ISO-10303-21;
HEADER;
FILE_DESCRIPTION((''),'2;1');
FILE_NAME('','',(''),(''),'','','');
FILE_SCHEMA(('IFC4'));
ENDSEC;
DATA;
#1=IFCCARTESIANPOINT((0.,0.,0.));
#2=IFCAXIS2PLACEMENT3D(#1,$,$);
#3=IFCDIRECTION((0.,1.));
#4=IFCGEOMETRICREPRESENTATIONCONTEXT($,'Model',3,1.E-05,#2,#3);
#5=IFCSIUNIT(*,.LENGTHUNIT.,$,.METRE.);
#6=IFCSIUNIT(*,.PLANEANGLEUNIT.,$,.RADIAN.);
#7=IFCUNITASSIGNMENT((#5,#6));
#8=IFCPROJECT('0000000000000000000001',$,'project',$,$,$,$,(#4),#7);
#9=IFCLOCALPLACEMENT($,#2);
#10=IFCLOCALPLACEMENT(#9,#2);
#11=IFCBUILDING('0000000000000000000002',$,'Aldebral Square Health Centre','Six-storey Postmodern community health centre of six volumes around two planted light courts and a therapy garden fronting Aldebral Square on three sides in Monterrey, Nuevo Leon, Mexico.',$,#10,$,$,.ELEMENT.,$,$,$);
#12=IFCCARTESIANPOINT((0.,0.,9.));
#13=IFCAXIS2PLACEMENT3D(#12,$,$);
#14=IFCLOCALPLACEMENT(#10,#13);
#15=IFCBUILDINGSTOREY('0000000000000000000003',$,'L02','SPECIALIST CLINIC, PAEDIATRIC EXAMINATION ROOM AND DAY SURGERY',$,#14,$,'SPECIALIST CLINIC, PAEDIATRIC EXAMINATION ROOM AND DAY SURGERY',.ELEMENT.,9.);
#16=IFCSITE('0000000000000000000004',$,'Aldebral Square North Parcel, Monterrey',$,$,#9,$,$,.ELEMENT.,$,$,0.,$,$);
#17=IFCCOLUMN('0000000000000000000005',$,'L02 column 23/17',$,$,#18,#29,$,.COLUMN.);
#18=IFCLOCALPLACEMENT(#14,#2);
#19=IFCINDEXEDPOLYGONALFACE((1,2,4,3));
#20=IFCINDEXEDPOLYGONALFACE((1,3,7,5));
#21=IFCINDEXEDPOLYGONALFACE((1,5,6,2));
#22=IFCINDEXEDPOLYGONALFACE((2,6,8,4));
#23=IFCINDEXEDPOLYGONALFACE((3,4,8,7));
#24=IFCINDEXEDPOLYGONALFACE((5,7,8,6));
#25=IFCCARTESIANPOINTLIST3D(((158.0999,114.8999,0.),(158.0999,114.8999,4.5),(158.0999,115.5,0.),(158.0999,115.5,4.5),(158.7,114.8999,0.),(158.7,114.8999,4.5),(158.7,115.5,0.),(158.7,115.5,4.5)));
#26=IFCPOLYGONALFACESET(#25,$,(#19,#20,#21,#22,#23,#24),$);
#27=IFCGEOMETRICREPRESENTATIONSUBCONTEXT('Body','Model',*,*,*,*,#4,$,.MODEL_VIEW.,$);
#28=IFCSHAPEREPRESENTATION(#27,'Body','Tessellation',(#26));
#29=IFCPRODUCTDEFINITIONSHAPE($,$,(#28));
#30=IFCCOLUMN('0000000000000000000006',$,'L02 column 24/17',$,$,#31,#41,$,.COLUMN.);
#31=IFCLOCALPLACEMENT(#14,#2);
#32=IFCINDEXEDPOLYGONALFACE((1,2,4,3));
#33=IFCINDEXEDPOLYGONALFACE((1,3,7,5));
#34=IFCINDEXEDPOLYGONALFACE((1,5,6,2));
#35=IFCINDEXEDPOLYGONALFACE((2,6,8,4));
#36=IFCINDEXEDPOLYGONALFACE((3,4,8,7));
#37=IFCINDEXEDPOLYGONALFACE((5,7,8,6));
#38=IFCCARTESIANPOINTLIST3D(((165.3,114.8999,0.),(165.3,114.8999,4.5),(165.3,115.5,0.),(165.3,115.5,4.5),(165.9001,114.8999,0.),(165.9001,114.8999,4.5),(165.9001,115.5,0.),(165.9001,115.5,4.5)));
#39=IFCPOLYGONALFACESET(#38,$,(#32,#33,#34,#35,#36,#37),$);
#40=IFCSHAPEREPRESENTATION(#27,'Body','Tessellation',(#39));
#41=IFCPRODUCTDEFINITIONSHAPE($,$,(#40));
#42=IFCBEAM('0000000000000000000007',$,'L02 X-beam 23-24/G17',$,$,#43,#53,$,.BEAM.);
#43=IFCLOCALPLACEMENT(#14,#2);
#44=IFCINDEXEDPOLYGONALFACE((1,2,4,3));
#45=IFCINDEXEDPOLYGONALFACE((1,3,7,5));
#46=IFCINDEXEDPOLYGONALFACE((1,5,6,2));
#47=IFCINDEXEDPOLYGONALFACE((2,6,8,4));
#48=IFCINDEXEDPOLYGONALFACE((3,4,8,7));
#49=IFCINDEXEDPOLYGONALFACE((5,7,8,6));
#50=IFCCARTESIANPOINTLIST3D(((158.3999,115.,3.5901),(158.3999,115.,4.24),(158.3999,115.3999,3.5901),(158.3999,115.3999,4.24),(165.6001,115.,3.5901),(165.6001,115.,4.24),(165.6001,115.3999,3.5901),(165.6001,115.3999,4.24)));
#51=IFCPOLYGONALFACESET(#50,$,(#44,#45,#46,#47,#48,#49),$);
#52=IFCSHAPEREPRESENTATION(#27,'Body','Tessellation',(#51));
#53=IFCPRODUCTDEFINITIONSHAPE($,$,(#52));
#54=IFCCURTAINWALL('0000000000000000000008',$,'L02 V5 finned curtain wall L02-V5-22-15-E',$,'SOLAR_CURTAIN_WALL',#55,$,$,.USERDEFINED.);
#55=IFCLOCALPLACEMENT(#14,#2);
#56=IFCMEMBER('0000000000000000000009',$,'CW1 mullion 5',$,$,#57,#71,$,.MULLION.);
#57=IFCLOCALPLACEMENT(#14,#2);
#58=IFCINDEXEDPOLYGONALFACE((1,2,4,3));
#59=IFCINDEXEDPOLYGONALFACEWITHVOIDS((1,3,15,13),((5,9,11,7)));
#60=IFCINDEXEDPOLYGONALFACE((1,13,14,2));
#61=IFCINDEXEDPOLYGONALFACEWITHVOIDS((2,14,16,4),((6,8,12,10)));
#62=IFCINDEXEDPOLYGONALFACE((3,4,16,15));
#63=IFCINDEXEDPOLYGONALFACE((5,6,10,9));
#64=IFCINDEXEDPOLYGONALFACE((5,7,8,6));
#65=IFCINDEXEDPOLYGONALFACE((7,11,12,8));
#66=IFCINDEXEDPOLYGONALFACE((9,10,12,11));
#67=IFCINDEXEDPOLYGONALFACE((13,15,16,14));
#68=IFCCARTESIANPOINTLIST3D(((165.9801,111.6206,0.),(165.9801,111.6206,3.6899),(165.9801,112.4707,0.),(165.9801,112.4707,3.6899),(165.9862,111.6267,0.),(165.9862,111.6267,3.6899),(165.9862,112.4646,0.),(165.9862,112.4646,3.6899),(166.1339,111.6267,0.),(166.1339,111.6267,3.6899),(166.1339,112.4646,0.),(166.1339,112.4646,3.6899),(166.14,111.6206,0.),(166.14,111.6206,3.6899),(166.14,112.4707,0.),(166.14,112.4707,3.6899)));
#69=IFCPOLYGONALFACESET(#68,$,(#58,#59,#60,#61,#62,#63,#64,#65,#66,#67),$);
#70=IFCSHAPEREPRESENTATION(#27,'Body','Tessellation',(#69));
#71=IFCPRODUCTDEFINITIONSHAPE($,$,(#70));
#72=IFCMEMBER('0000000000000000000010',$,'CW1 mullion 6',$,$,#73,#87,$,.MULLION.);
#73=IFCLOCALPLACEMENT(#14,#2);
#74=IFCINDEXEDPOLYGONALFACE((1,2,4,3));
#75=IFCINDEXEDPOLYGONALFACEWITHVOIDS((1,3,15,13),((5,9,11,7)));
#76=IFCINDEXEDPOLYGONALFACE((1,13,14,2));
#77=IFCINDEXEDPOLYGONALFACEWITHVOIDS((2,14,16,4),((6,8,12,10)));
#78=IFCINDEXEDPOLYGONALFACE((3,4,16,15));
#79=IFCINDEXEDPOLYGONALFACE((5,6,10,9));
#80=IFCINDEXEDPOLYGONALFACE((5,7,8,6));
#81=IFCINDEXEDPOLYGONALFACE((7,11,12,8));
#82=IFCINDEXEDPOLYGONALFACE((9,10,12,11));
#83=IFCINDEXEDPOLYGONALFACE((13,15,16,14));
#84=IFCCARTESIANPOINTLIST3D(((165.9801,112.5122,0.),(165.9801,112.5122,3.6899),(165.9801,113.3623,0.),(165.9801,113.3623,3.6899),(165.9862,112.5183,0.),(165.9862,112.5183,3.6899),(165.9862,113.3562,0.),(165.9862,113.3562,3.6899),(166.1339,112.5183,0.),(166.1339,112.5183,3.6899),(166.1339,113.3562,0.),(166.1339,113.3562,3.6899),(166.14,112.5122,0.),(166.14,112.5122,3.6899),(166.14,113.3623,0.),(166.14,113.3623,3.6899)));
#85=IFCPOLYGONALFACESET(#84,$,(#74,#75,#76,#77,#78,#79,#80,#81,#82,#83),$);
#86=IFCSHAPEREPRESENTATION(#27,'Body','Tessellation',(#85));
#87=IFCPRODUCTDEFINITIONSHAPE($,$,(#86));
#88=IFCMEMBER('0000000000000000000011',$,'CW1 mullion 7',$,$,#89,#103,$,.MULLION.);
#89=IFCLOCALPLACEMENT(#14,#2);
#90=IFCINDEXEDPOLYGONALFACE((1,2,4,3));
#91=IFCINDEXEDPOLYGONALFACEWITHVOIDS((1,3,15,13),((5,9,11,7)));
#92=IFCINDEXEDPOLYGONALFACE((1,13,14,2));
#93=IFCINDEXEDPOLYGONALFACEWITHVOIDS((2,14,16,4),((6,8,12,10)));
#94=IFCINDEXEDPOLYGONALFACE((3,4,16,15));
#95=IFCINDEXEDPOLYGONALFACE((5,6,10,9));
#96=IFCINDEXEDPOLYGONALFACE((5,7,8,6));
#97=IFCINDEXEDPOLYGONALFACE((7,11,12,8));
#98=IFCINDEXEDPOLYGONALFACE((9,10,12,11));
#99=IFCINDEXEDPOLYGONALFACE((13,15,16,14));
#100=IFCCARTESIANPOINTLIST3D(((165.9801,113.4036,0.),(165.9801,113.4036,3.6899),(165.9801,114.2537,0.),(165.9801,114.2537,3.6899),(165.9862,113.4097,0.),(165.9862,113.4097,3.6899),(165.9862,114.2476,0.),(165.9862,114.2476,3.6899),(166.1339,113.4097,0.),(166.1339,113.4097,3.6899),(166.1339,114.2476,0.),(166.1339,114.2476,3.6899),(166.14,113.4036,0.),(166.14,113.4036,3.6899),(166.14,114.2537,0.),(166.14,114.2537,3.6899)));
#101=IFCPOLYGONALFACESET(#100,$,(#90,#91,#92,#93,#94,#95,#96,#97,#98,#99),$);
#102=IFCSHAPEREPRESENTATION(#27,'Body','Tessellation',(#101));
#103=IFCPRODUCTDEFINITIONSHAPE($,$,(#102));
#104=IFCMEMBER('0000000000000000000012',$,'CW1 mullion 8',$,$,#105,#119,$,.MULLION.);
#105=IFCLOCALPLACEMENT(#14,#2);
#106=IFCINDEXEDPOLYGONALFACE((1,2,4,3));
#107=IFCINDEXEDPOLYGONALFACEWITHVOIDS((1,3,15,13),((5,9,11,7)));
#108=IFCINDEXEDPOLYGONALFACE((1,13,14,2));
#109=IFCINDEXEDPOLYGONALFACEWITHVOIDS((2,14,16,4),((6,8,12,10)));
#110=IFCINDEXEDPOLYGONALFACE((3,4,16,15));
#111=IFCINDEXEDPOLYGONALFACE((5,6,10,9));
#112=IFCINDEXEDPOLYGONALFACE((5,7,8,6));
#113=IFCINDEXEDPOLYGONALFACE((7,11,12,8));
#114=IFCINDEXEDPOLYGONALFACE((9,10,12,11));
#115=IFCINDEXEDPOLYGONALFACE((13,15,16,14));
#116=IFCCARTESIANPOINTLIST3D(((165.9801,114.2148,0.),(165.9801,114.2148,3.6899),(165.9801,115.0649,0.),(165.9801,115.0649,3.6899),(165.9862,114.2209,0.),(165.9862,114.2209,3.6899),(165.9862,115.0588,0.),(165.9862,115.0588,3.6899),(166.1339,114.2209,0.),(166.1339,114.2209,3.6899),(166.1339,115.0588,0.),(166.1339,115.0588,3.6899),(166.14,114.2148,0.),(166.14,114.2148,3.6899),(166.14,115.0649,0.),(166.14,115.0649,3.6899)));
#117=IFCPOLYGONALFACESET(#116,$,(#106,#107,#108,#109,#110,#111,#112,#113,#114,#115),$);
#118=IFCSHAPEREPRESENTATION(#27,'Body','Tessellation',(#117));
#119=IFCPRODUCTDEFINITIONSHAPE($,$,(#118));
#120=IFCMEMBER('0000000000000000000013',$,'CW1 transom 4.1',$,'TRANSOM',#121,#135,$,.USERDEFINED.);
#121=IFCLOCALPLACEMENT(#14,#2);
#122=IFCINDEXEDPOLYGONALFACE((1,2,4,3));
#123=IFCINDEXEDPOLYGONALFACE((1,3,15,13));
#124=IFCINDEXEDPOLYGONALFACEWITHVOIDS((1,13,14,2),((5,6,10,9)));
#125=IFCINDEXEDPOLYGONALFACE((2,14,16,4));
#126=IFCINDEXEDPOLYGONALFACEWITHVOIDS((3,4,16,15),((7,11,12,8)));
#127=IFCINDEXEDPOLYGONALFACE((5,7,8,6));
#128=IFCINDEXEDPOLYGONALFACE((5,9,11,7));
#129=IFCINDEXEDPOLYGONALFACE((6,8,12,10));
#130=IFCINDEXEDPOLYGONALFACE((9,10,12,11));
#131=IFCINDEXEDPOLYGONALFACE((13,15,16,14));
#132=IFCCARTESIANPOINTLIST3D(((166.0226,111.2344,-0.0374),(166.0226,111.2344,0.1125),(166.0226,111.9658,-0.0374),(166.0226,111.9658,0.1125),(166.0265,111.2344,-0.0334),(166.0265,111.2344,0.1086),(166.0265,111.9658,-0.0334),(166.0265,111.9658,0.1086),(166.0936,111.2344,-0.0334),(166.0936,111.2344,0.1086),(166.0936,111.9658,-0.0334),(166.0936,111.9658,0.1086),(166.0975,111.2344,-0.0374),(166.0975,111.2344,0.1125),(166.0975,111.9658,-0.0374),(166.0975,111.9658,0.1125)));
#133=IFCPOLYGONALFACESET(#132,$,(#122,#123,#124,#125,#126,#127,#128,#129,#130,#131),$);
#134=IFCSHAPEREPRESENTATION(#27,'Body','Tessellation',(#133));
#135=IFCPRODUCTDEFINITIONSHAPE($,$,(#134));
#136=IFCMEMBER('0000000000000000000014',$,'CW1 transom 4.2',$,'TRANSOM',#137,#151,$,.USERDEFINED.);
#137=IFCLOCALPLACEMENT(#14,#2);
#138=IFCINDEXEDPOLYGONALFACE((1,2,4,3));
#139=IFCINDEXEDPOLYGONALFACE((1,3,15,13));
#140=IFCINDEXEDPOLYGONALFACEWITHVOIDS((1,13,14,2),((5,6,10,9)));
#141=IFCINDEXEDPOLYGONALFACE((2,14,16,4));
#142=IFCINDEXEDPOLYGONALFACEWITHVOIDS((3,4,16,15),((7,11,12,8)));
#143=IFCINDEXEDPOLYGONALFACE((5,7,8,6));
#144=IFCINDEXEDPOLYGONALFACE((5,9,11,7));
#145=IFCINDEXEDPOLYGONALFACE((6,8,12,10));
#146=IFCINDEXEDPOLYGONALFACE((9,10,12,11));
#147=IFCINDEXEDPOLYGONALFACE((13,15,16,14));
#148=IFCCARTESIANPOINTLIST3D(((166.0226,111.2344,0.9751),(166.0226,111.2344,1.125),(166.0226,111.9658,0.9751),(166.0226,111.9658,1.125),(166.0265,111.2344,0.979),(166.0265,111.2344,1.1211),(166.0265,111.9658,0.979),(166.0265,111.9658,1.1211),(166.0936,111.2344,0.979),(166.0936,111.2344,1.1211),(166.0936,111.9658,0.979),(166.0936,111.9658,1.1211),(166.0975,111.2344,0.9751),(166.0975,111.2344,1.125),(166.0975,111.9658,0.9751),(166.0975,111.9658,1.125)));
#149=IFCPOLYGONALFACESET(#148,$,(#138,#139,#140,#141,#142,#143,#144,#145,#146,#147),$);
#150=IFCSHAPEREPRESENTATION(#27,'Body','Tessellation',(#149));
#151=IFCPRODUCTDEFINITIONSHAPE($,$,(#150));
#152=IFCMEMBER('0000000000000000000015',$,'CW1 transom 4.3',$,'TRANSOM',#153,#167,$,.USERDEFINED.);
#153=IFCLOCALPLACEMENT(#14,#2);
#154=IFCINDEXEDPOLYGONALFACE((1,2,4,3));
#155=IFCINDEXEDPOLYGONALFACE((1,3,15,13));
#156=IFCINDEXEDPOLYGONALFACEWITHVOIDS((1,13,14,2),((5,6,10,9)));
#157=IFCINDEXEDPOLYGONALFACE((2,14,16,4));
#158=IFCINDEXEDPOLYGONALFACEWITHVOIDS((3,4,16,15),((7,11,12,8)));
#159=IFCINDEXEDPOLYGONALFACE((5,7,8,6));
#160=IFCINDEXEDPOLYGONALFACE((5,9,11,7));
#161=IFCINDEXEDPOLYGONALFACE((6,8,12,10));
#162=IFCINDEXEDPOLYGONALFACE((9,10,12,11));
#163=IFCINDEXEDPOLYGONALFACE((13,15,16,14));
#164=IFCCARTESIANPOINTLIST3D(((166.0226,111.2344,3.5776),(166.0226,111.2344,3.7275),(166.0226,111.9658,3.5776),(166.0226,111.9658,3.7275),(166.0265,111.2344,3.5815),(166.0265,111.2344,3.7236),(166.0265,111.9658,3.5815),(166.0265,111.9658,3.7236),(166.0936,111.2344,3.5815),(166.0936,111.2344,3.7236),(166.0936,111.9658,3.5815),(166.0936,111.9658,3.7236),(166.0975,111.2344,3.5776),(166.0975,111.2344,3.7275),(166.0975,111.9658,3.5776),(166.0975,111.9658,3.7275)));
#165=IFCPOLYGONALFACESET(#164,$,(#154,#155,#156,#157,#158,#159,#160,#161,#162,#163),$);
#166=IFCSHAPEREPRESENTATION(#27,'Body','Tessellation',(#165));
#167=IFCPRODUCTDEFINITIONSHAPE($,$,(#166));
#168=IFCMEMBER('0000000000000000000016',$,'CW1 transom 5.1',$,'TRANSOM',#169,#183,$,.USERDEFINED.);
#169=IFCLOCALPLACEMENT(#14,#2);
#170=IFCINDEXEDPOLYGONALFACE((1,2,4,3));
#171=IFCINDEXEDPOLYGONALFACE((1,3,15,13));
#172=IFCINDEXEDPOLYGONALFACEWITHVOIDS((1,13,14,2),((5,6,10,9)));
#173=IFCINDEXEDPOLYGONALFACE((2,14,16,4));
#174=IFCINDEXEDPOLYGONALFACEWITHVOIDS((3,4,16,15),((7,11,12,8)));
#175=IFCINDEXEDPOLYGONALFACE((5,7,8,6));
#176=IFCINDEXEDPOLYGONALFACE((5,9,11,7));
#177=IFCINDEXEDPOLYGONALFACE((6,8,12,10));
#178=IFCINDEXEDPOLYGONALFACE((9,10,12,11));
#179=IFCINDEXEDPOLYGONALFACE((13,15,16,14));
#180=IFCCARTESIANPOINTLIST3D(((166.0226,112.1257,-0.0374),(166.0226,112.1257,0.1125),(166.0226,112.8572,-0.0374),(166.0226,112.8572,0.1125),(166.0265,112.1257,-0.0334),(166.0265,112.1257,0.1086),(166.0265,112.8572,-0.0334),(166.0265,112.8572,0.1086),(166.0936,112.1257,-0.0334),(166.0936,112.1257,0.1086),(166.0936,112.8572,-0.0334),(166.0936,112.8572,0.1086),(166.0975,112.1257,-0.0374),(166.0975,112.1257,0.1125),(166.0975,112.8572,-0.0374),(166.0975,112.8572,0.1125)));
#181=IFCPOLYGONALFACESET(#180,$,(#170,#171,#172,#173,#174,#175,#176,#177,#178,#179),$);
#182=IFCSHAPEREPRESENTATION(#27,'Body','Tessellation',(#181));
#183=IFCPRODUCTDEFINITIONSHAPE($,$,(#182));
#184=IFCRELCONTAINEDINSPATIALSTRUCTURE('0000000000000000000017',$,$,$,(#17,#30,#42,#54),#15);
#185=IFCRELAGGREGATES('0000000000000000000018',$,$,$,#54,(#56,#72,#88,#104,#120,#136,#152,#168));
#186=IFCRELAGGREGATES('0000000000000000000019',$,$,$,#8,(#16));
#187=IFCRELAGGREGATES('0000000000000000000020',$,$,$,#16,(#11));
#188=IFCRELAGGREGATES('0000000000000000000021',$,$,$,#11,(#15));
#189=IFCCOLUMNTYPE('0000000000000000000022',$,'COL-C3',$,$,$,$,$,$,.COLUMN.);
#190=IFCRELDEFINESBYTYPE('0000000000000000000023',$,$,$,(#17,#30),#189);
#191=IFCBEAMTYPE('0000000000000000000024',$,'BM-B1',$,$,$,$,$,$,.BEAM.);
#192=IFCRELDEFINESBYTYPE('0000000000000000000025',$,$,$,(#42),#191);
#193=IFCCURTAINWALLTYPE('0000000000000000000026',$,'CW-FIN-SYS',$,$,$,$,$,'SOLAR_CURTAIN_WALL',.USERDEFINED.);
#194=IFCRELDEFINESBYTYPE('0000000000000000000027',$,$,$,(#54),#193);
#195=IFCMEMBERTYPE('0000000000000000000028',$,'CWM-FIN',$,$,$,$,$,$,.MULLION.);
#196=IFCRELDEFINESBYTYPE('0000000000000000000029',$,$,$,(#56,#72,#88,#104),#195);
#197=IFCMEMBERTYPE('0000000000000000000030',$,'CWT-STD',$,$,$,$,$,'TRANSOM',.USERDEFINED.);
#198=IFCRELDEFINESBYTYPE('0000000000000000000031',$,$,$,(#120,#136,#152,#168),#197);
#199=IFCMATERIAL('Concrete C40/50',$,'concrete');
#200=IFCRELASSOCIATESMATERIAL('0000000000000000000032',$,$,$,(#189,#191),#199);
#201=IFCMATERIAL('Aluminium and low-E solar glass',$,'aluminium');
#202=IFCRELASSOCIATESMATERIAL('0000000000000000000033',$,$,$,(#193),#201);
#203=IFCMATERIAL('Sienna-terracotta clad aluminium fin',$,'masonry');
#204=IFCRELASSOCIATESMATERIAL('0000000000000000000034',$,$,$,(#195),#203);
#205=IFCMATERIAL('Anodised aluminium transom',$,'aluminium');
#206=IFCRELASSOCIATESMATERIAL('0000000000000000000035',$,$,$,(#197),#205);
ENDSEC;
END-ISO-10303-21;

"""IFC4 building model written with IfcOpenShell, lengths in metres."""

from ifc_helpers import new_model, si_unit, direction, frame, origin, origin_2d, place, context, subcontext, project, spatial, rectangle, hollow_rectangle, extrude, material, material_profile, profile_set, type_object, element, aggregate, save


model = new_model("IFC4")

# Units and contexts
model_context = context("Model", 3, precision=1e-05, world=origin(), true_north=direction((0.0, 1.0)))
body_context = subcontext(model_context, "Body", "Model", "MODEL_VIEW")
ifc_project = project(units=[si_unit("LENGTHUNIT", "METRE"), si_unit("PLANEANGLEUNIT", "RADIAN")], contexts=[model_context])

# Site, building, storey
site_placement = place(None, origin())
site = spatial("IfcSite", under=ifc_project, at=site_placement, Name="Aldebral Square North Parcel, Monterrey", CompositionType="ELEMENT", RefElevation=0.0)
building_placement = place(site_placement, origin())
building = spatial("IfcBuilding", under=site, at=building_placement, Name="Aldebral Square Health Centre", Description="Six-storey Postmodern community health centre of six volumes around two planted light courts and a therapy garden fronting Aldebral Square on three sides in Monterrey, Nuevo Leon, Mexico.", CompositionType="ELEMENT")
storey_placement = place(building_placement, frame((0.0, 0.0, 9.0)))
storey = spatial("IfcBuildingStorey", under=building, at=storey_placement, Name="L02", Description="SPECIALIST CLINIC, PAEDIATRIC EXAMINATION ROOM AND DAY SURGERY", LongName="SPECIALIST CLINIC, PAEDIATRIC EXAMINATION ROOM AND DAY SURGERY", CompositionType="ELEMENT", Elevation=9.0)

# Columns
ifc_material_1 = material(Name="Concrete C40/50", Category="concrete")
ifc_material_profile_1 = material_profile(ifc_material_1, rectangle(XDim=0.6001, YDim=0.6001, at=origin_2d()), Name="RC 600x600")
ifc_profile_set_1 = profile_set([ifc_material_profile_1], Name="Concrete C40/50")
column_type = type_object("IfcColumnType", Name="COL-C3", PredefinedType="COLUMN", material=ifc_profile_set_1)
for number, where, z_axis, x_axis, name in (
    (1, (158.3999, 115.2, 0.0), (0.0, 0.0, 1.0), (1.0, 0.0, 0.0), "L02 column 23/17"),
    (2, (165.6001, 115.2, 0.0), (0.0, 0.0, 1.0), (1.0, 0.0, 0.0), "L02 column 24/17"),
):
    element("IfcColumn", number, at=place(storey_placement, frame(where, z_axis=z_axis, x_axis=x_axis)), inside=storey, type_object=column_type, Name=name, PredefinedType="COLUMN", context=body_context, shape_type="SweptSolid", body=[
        extrude(rectangle(XDim=0.6001, YDim=0.6001, at=origin_2d()), origin(), (0.0, 0.0, 1.0), 4.5),
    ])

# Beam
ifc_material_profile_2 = material_profile(ifc_material_1, rectangle(XDim=0.3999, YDim=0.6499, at=origin_2d()), Name="RC 400x650")
ifc_profile_set_2 = profile_set([ifc_material_profile_2], Name="Concrete C40/50")
beam_type = type_object("IfcBeamType", Name="BM-B1", PredefinedType="BEAM", material=ifc_profile_set_2)
beam_placement = place(storey_placement, frame((158.3999, 115.2, 3.915), z_axis=(1.0, 0.0, 0.0), x_axis=(0.0, 1.0, 0.0)))
element("IfcBeam", 3, at=beam_placement, inside=storey, type_object=beam_type, Name="L02 X-beam 23-24/G17", PredefinedType="BEAM", context=body_context, shape_type="SweptSolid", body=[
    extrude(rectangle(XDim=0.3999, YDim=0.6499, at=origin_2d()), origin(), (0.0, 0.0, 1.0), 7.2002),
])

# Curtain wall, members
ifc_material_2 = material(Name="Aluminium and low-E solar glass", Category="aluminium")
curtain_wall_type = type_object("IfcCurtainWallType", Name="CW-FIN-SYS", ElementType="SOLAR_CURTAIN_WALL", PredefinedType="USERDEFINED", material=ifc_material_2)
curtain_wall_placement = place(storey_placement, origin())
curtain_wall = element("IfcCurtainWall", 4, at=curtain_wall_placement, inside=storey, type_object=curtain_wall_type, Name="L02 V5 finned curtain wall L02-V5-22-15-E", ObjectType="SOLAR_CURTAIN_WALL", PredefinedType="USERDEFINED")
ifc_material_3 = material(Name="Sienna-terracotta clad aluminium fin", Category="masonry")
ifc_material_profile_3 = material_profile(ifc_material_3, hollow_rectangle(XDim=0.1599, YDim=0.8501, WallThickness=0.0061, at=origin_2d()), Name="FIN 160x850x6")
ifc_profile_set_3 = profile_set([ifc_material_profile_3], Name="Sienna-terracotta clad aluminium fin")
member_type_1 = type_object("IfcMemberType", Name="CWM-FIN", PredefinedType="MULLION", material=ifc_profile_set_3)
member_1_placement = place(storey_placement, frame((166.0601, 112.0457, 0.0), z_axis=(0.0, 0.0, 1.0), x_axis=(-1.0, 0.0, 0.0)))
member_1 = element("IfcMember", 5, at=member_1_placement, type_object=member_type_1, Name="CW1 mullion 5", PredefinedType="MULLION", context=body_context, shape_type="SweptSolid", body=[
    extrude(hollow_rectangle(XDim=0.1599, YDim=0.8501, WallThickness=0.0061, at=origin_2d()), origin(), (0.0, 0.0, 1.0), 3.6899),
])
member_2_placement = place(storey_placement, frame((166.0601, 112.9373, 0.0), z_axis=(0.0, 0.0, 1.0), x_axis=(-1.0, 0.0, 0.0)))
member_2 = element("IfcMember", 6, at=member_2_placement, type_object=member_type_1, Name="CW1 mullion 6", PredefinedType="MULLION", context=body_context, shape_type="SweptSolid", body=[
    extrude(hollow_rectangle(XDim=0.1599, YDim=0.8501, WallThickness=0.0061, at=origin_2d()), origin(), (0.0, 0.0, 1.0), 3.6899),
])
member_3_placement = place(storey_placement, frame((166.0601, 113.8286, 0.0), z_axis=(0.0, 0.0, 1.0), x_axis=(-1.0, 0.0, 0.0)))
member_3 = element("IfcMember", 7, at=member_3_placement, type_object=member_type_1, Name="CW1 mullion 7", PredefinedType="MULLION", context=body_context, shape_type="SweptSolid", body=[
    extrude(hollow_rectangle(XDim=0.1599, YDim=0.8501, WallThickness=0.0061, at=origin_2d()), origin(), (0.0, 0.0, 1.0), 3.6899),
])
member_4_placement = place(storey_placement, frame((166.0601, 114.6399, 0.0), z_axis=(0.0, 0.0, 1.0), x_axis=(-1.0, 0.0, 0.0)))
member_4 = element("IfcMember", 8, at=member_4_placement, type_object=member_type_1, Name="CW1 mullion 8", PredefinedType="MULLION", context=body_context, shape_type="SweptSolid", body=[
    extrude(hollow_rectangle(XDim=0.1599, YDim=0.8501, WallThickness=0.0061, at=origin_2d()), origin(), (0.0, 0.0, 1.0), 3.6899),
])
ifc_material_4 = material(Name="Anodised aluminium transom", Category="aluminium")
ifc_material_profile_4 = material_profile(ifc_material_4, hollow_rectangle(XDim=0.075, YDim=0.1499, WallThickness=0.0039, at=origin_2d()), Name="CWT 75x150x4")
ifc_profile_set_4 = profile_set([ifc_material_profile_4], Name="Anodised aluminium transom")
member_type_2 = type_object("IfcMemberType", Name="CWT-STD", ElementType="TRANSOM", PredefinedType="USERDEFINED", material=ifc_profile_set_4)
member_5_placement = place(storey_placement, frame((166.0601, 111.2344, 0.0376), z_axis=(0.0, 1.0, 0.0), x_axis=(-1.0, 0.0, 0.0)))
member_5 = element("IfcMember", 9, at=member_5_placement, type_object=member_type_2, Name="CW1 transom 4.1", ObjectType="TRANSOM", PredefinedType="USERDEFINED", context=body_context, shape_type="SweptSolid", body=[
    extrude(hollow_rectangle(XDim=0.075, YDim=0.1499, WallThickness=0.0039, at=origin_2d()), origin(), (0.0, 0.0, 1.0), 0.7314),
])
member_6_placement = place(storey_placement, frame((166.0601, 111.2344, 1.05), z_axis=(0.0, 1.0, 0.0), x_axis=(-1.0, 0.0, 0.0)))
member_6 = element("IfcMember", 10, at=member_6_placement, type_object=member_type_2, Name="CW1 transom 4.2", ObjectType="TRANSOM", PredefinedType="USERDEFINED", context=body_context, shape_type="SweptSolid", body=[
    extrude(hollow_rectangle(XDim=0.075, YDim=0.1499, WallThickness=0.0039, at=origin_2d()), origin(), (0.0, 0.0, 1.0), 0.7314),
])
member_7_placement = place(storey_placement, frame((166.0601, 111.2344, 3.6526), z_axis=(0.0, 1.0, 0.0), x_axis=(-1.0, 0.0, 0.0)))
member_7 = element("IfcMember", 11, at=member_7_placement, type_object=member_type_2, Name="CW1 transom 4.3", ObjectType="TRANSOM", PredefinedType="USERDEFINED", context=body_context, shape_type="SweptSolid", body=[
    extrude(hollow_rectangle(XDim=0.075, YDim=0.1499, WallThickness=0.0039, at=origin_2d()), origin(), (0.0, 0.0, 1.0), 0.7314),
])
member_8_placement = place(storey_placement, frame((166.0601, 112.1257, 0.0376), z_axis=(0.0, 1.0, 0.0), x_axis=(-1.0, 0.0, 0.0)))
member_8 = element("IfcMember", 12, at=member_8_placement, type_object=member_type_2, Name="CW1 transom 5.1", ObjectType="TRANSOM", PredefinedType="USERDEFINED", context=body_context, shape_type="SweptSolid", body=[
    extrude(hollow_rectangle(XDim=0.075, YDim=0.1499, WallThickness=0.0039, at=origin_2d()), origin(), (0.0, 0.0, 1.0), 0.7314),
])

aggregate(curtain_wall, [member_1, member_2, member_3, member_4, member_5, member_6, member_7, member_8])

save(model, "model.ifc")
